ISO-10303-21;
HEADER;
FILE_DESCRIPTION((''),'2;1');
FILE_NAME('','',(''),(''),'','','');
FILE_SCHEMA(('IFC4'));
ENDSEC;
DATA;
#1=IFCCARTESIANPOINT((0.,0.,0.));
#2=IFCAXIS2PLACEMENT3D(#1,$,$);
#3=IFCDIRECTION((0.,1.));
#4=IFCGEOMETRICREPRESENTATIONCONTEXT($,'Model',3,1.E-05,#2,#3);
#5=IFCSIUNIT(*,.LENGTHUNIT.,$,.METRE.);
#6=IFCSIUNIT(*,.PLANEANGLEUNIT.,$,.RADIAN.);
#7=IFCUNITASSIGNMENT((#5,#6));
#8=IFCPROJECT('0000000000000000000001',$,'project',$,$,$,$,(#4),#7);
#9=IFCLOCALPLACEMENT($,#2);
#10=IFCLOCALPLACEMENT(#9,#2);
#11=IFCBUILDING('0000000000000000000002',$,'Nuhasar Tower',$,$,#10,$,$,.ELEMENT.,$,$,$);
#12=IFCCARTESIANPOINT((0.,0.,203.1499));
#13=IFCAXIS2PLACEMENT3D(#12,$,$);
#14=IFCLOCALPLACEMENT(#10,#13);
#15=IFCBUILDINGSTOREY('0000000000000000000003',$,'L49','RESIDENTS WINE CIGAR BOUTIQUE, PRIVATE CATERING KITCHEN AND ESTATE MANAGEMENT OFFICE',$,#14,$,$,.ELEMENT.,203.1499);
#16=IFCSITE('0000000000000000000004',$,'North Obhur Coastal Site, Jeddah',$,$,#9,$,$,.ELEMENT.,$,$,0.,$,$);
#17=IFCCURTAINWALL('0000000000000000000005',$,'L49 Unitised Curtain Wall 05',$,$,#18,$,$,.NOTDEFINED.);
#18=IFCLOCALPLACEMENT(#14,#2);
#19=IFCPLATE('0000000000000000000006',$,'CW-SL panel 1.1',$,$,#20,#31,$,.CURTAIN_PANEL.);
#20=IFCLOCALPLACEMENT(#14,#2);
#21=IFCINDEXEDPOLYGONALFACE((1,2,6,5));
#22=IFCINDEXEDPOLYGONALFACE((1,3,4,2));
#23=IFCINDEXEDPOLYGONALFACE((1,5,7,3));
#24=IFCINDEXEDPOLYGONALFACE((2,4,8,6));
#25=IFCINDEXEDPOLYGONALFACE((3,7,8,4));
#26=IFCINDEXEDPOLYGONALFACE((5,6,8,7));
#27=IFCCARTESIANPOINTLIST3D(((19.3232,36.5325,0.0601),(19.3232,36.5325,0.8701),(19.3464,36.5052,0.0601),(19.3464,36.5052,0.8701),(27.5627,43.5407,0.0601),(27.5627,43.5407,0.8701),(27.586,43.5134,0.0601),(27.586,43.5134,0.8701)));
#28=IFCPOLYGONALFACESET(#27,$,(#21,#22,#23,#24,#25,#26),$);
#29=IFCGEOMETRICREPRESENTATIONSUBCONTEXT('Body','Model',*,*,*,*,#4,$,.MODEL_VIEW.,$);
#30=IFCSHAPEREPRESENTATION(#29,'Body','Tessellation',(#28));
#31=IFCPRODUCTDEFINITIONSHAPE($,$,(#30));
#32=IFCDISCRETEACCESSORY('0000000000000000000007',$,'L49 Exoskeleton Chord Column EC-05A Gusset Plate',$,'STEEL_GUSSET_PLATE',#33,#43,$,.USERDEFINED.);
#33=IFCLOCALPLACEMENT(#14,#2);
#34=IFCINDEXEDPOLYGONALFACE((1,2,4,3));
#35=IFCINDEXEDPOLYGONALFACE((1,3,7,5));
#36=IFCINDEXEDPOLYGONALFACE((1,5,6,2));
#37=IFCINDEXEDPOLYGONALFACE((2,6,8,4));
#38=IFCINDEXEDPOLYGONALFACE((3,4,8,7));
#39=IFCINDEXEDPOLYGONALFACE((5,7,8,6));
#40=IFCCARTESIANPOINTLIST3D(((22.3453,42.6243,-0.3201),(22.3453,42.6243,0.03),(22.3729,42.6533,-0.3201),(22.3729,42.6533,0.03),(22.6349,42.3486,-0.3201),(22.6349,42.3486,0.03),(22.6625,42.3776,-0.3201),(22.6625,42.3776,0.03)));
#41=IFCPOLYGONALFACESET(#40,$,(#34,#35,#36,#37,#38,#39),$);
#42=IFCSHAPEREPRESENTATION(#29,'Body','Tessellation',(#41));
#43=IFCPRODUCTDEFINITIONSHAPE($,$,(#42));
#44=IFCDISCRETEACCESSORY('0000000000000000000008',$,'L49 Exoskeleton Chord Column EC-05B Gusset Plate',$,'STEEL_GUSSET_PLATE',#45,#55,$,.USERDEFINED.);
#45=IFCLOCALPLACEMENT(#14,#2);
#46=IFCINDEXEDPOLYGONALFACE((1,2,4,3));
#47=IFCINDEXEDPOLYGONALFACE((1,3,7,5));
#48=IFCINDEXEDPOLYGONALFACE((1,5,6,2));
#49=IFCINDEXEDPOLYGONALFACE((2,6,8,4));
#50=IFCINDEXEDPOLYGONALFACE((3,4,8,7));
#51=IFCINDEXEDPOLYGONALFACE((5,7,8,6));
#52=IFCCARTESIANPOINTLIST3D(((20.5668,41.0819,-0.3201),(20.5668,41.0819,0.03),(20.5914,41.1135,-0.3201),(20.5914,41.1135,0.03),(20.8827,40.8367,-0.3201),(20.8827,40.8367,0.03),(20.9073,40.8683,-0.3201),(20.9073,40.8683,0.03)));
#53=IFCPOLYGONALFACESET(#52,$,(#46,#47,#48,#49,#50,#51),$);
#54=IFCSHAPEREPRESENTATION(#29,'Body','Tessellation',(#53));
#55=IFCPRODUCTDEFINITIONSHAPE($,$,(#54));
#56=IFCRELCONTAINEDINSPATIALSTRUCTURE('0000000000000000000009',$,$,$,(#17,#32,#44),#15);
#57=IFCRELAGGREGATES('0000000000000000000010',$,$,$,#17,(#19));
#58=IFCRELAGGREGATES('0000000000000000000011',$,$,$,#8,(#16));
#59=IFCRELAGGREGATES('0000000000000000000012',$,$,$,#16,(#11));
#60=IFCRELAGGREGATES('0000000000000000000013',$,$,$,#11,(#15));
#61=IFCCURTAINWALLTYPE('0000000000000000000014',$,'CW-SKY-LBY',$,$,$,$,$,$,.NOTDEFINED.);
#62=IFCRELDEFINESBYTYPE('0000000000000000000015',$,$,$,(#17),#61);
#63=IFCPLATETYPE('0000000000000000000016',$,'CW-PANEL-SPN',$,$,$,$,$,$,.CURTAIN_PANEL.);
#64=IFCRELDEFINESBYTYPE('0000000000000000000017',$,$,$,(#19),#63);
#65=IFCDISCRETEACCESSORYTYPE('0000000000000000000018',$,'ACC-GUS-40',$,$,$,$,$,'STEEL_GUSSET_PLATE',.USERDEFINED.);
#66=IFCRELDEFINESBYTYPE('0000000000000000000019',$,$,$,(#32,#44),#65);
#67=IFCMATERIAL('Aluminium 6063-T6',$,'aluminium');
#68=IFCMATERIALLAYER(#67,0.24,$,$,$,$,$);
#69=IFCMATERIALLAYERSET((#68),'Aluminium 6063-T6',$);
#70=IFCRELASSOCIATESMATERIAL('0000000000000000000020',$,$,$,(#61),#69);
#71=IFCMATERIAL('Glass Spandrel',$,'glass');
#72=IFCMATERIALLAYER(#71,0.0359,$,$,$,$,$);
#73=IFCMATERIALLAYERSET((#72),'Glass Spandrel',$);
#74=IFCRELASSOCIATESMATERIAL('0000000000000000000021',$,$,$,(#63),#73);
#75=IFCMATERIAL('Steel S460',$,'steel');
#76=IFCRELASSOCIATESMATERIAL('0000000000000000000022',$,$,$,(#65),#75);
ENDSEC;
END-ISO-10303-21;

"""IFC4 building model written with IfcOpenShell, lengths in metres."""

from ifc_helpers import new_model, si_unit, direction, frame, origin, origin_2d, place, context, subcontext, project, spatial, rectangle, extrude, material, layer, layer_set, type_object, element, aggregate, save


model = new_model("IFC4")

# Units and contexts
model_context = context("Model", 3, precision=1e-05, world=origin(), true_north=direction((0.0, 1.0)))
body_context = subcontext(model_context, "Body", "Model", "MODEL_VIEW")
ifc_project = project(units=[si_unit("LENGTHUNIT", "METRE"), si_unit("PLANEANGLEUNIT", "RADIAN")], contexts=[model_context])

# Site, building, storey
site_placement = place(None, origin())
site = spatial("IfcSite", under=ifc_project, at=site_placement, Name="North Obhur Coastal Site, Jeddah", CompositionType="ELEMENT", RefElevation=0.0)
building_placement = place(site_placement, origin())
building = spatial("IfcBuilding", under=site, at=building_placement, Name="Nuhasar Tower", CompositionType="ELEMENT")
storey_placement = place(building_placement, frame((0.0, 0.0, 203.1499)))
storey = spatial("IfcBuildingStorey", under=building, at=storey_placement, Name="L49", Description="RESIDENTS WINE CIGAR BOUTIQUE, PRIVATE CATERING KITCHEN AND ESTATE MANAGEMENT OFFICE", CompositionType="ELEMENT", Elevation=203.1499)

# Shared definitions
ifc_material_1 = material(Name="Steel S460", Category="steel")

# Shared definitions
ifc_material_2 = material(Name="Aluminium 6063-T6", Category="aluminium")
ifc_layer_1 = layer(ifc_material_2, 0.24)
ifc_layer_set_1 = layer_set([ifc_layer_1], Name="Aluminium 6063-T6")
curtain_wall_type = type_object("IfcCurtainWallType", Name="CW-SKY-LBY", PredefinedType="NOTDEFINED", material=ifc_layer_set_1)

# Curtain wall
curtain_wall_1_placement = place(storey_placement, origin())
curtain_wall_1 = element("IfcCurtainWall", 1, at=curtain_wall_1_placement, inside=storey, type_object=curtain_wall_type, Name="L49 Unitised Curtain Wall 05", PredefinedType="NOTDEFINED")

# Plate
ifc_material_3 = material(Name="Glass Spandrel", Category="glass")
ifc_layer_2 = layer(ifc_material_3, 0.0359)
ifc_layer_set_2 = layer_set([ifc_layer_2], Name="Glass Spandrel")
plate_type_1 = type_object("IfcPlateType", Name="CW-PANEL-SPN", PredefinedType="CURTAIN_PANEL", material=ifc_layer_set_2)
plate_1_placement = place(storey_placement, frame((23.4546, 40.0229, 0.0601), z_axis=(0.0, 0.0, 1.0), x_axis=(-0.761729, -0.647895, 0.0)))
plate_1 = element("IfcPlate", 2, at=plate_1_placement, type_object=plate_type_1, Name="CW-SL panel 1.1", PredefinedType="CURTAIN_PANEL", context=body_context, shape_type="SweptSolid", body=[
    extrude(rectangle(XDim=10.8169, YDim=0.0359, at=origin_2d()), origin(), (0.0, 0.0, 1.0), 0.8101),
])
aggregate(curtain_wall_1, [plate_1])

# Discrete accessories
discrete_accessory_type = type_object("IfcDiscreteAccessoryType", Name="ACC-GUS-40", ElementType="STEEL_GUSSET_PLATE", PredefinedType="USERDEFINED", material=ifc_material_1)
for number, where, z_axis, x_axis, name in (
    (3, (22.5039, 42.501, -0.3201), (0.0, 0.0, 1.0), (-0.724352, 0.68943, 0.0), "L49 Exoskeleton Chord Column EC-05A Gusset Plate"),
    (4, (20.7371, 40.9751, -0.3201), (0.0, 0.0, 1.0), (-0.789984, 0.613128, 0.0), "L49 Exoskeleton Chord Column EC-05B Gusset Plate"),
):
    element("IfcDiscreteAccessory", number, at=place(storey_placement, frame(where, z_axis=z_axis, x_axis=x_axis)), inside=storey, type_object=discrete_accessory_type, Name=name, ObjectType="STEEL_GUSSET_PLATE", PredefinedType="USERDEFINED", context=body_context, shape_type="SweptSolid", body=[
        extrude(rectangle(XDim=0.3999, YDim=0.04, at=origin_2d()), origin(), (0.0, 0.0, 1.0), 0.3501),
    ])

save(model, "model.ifc")
